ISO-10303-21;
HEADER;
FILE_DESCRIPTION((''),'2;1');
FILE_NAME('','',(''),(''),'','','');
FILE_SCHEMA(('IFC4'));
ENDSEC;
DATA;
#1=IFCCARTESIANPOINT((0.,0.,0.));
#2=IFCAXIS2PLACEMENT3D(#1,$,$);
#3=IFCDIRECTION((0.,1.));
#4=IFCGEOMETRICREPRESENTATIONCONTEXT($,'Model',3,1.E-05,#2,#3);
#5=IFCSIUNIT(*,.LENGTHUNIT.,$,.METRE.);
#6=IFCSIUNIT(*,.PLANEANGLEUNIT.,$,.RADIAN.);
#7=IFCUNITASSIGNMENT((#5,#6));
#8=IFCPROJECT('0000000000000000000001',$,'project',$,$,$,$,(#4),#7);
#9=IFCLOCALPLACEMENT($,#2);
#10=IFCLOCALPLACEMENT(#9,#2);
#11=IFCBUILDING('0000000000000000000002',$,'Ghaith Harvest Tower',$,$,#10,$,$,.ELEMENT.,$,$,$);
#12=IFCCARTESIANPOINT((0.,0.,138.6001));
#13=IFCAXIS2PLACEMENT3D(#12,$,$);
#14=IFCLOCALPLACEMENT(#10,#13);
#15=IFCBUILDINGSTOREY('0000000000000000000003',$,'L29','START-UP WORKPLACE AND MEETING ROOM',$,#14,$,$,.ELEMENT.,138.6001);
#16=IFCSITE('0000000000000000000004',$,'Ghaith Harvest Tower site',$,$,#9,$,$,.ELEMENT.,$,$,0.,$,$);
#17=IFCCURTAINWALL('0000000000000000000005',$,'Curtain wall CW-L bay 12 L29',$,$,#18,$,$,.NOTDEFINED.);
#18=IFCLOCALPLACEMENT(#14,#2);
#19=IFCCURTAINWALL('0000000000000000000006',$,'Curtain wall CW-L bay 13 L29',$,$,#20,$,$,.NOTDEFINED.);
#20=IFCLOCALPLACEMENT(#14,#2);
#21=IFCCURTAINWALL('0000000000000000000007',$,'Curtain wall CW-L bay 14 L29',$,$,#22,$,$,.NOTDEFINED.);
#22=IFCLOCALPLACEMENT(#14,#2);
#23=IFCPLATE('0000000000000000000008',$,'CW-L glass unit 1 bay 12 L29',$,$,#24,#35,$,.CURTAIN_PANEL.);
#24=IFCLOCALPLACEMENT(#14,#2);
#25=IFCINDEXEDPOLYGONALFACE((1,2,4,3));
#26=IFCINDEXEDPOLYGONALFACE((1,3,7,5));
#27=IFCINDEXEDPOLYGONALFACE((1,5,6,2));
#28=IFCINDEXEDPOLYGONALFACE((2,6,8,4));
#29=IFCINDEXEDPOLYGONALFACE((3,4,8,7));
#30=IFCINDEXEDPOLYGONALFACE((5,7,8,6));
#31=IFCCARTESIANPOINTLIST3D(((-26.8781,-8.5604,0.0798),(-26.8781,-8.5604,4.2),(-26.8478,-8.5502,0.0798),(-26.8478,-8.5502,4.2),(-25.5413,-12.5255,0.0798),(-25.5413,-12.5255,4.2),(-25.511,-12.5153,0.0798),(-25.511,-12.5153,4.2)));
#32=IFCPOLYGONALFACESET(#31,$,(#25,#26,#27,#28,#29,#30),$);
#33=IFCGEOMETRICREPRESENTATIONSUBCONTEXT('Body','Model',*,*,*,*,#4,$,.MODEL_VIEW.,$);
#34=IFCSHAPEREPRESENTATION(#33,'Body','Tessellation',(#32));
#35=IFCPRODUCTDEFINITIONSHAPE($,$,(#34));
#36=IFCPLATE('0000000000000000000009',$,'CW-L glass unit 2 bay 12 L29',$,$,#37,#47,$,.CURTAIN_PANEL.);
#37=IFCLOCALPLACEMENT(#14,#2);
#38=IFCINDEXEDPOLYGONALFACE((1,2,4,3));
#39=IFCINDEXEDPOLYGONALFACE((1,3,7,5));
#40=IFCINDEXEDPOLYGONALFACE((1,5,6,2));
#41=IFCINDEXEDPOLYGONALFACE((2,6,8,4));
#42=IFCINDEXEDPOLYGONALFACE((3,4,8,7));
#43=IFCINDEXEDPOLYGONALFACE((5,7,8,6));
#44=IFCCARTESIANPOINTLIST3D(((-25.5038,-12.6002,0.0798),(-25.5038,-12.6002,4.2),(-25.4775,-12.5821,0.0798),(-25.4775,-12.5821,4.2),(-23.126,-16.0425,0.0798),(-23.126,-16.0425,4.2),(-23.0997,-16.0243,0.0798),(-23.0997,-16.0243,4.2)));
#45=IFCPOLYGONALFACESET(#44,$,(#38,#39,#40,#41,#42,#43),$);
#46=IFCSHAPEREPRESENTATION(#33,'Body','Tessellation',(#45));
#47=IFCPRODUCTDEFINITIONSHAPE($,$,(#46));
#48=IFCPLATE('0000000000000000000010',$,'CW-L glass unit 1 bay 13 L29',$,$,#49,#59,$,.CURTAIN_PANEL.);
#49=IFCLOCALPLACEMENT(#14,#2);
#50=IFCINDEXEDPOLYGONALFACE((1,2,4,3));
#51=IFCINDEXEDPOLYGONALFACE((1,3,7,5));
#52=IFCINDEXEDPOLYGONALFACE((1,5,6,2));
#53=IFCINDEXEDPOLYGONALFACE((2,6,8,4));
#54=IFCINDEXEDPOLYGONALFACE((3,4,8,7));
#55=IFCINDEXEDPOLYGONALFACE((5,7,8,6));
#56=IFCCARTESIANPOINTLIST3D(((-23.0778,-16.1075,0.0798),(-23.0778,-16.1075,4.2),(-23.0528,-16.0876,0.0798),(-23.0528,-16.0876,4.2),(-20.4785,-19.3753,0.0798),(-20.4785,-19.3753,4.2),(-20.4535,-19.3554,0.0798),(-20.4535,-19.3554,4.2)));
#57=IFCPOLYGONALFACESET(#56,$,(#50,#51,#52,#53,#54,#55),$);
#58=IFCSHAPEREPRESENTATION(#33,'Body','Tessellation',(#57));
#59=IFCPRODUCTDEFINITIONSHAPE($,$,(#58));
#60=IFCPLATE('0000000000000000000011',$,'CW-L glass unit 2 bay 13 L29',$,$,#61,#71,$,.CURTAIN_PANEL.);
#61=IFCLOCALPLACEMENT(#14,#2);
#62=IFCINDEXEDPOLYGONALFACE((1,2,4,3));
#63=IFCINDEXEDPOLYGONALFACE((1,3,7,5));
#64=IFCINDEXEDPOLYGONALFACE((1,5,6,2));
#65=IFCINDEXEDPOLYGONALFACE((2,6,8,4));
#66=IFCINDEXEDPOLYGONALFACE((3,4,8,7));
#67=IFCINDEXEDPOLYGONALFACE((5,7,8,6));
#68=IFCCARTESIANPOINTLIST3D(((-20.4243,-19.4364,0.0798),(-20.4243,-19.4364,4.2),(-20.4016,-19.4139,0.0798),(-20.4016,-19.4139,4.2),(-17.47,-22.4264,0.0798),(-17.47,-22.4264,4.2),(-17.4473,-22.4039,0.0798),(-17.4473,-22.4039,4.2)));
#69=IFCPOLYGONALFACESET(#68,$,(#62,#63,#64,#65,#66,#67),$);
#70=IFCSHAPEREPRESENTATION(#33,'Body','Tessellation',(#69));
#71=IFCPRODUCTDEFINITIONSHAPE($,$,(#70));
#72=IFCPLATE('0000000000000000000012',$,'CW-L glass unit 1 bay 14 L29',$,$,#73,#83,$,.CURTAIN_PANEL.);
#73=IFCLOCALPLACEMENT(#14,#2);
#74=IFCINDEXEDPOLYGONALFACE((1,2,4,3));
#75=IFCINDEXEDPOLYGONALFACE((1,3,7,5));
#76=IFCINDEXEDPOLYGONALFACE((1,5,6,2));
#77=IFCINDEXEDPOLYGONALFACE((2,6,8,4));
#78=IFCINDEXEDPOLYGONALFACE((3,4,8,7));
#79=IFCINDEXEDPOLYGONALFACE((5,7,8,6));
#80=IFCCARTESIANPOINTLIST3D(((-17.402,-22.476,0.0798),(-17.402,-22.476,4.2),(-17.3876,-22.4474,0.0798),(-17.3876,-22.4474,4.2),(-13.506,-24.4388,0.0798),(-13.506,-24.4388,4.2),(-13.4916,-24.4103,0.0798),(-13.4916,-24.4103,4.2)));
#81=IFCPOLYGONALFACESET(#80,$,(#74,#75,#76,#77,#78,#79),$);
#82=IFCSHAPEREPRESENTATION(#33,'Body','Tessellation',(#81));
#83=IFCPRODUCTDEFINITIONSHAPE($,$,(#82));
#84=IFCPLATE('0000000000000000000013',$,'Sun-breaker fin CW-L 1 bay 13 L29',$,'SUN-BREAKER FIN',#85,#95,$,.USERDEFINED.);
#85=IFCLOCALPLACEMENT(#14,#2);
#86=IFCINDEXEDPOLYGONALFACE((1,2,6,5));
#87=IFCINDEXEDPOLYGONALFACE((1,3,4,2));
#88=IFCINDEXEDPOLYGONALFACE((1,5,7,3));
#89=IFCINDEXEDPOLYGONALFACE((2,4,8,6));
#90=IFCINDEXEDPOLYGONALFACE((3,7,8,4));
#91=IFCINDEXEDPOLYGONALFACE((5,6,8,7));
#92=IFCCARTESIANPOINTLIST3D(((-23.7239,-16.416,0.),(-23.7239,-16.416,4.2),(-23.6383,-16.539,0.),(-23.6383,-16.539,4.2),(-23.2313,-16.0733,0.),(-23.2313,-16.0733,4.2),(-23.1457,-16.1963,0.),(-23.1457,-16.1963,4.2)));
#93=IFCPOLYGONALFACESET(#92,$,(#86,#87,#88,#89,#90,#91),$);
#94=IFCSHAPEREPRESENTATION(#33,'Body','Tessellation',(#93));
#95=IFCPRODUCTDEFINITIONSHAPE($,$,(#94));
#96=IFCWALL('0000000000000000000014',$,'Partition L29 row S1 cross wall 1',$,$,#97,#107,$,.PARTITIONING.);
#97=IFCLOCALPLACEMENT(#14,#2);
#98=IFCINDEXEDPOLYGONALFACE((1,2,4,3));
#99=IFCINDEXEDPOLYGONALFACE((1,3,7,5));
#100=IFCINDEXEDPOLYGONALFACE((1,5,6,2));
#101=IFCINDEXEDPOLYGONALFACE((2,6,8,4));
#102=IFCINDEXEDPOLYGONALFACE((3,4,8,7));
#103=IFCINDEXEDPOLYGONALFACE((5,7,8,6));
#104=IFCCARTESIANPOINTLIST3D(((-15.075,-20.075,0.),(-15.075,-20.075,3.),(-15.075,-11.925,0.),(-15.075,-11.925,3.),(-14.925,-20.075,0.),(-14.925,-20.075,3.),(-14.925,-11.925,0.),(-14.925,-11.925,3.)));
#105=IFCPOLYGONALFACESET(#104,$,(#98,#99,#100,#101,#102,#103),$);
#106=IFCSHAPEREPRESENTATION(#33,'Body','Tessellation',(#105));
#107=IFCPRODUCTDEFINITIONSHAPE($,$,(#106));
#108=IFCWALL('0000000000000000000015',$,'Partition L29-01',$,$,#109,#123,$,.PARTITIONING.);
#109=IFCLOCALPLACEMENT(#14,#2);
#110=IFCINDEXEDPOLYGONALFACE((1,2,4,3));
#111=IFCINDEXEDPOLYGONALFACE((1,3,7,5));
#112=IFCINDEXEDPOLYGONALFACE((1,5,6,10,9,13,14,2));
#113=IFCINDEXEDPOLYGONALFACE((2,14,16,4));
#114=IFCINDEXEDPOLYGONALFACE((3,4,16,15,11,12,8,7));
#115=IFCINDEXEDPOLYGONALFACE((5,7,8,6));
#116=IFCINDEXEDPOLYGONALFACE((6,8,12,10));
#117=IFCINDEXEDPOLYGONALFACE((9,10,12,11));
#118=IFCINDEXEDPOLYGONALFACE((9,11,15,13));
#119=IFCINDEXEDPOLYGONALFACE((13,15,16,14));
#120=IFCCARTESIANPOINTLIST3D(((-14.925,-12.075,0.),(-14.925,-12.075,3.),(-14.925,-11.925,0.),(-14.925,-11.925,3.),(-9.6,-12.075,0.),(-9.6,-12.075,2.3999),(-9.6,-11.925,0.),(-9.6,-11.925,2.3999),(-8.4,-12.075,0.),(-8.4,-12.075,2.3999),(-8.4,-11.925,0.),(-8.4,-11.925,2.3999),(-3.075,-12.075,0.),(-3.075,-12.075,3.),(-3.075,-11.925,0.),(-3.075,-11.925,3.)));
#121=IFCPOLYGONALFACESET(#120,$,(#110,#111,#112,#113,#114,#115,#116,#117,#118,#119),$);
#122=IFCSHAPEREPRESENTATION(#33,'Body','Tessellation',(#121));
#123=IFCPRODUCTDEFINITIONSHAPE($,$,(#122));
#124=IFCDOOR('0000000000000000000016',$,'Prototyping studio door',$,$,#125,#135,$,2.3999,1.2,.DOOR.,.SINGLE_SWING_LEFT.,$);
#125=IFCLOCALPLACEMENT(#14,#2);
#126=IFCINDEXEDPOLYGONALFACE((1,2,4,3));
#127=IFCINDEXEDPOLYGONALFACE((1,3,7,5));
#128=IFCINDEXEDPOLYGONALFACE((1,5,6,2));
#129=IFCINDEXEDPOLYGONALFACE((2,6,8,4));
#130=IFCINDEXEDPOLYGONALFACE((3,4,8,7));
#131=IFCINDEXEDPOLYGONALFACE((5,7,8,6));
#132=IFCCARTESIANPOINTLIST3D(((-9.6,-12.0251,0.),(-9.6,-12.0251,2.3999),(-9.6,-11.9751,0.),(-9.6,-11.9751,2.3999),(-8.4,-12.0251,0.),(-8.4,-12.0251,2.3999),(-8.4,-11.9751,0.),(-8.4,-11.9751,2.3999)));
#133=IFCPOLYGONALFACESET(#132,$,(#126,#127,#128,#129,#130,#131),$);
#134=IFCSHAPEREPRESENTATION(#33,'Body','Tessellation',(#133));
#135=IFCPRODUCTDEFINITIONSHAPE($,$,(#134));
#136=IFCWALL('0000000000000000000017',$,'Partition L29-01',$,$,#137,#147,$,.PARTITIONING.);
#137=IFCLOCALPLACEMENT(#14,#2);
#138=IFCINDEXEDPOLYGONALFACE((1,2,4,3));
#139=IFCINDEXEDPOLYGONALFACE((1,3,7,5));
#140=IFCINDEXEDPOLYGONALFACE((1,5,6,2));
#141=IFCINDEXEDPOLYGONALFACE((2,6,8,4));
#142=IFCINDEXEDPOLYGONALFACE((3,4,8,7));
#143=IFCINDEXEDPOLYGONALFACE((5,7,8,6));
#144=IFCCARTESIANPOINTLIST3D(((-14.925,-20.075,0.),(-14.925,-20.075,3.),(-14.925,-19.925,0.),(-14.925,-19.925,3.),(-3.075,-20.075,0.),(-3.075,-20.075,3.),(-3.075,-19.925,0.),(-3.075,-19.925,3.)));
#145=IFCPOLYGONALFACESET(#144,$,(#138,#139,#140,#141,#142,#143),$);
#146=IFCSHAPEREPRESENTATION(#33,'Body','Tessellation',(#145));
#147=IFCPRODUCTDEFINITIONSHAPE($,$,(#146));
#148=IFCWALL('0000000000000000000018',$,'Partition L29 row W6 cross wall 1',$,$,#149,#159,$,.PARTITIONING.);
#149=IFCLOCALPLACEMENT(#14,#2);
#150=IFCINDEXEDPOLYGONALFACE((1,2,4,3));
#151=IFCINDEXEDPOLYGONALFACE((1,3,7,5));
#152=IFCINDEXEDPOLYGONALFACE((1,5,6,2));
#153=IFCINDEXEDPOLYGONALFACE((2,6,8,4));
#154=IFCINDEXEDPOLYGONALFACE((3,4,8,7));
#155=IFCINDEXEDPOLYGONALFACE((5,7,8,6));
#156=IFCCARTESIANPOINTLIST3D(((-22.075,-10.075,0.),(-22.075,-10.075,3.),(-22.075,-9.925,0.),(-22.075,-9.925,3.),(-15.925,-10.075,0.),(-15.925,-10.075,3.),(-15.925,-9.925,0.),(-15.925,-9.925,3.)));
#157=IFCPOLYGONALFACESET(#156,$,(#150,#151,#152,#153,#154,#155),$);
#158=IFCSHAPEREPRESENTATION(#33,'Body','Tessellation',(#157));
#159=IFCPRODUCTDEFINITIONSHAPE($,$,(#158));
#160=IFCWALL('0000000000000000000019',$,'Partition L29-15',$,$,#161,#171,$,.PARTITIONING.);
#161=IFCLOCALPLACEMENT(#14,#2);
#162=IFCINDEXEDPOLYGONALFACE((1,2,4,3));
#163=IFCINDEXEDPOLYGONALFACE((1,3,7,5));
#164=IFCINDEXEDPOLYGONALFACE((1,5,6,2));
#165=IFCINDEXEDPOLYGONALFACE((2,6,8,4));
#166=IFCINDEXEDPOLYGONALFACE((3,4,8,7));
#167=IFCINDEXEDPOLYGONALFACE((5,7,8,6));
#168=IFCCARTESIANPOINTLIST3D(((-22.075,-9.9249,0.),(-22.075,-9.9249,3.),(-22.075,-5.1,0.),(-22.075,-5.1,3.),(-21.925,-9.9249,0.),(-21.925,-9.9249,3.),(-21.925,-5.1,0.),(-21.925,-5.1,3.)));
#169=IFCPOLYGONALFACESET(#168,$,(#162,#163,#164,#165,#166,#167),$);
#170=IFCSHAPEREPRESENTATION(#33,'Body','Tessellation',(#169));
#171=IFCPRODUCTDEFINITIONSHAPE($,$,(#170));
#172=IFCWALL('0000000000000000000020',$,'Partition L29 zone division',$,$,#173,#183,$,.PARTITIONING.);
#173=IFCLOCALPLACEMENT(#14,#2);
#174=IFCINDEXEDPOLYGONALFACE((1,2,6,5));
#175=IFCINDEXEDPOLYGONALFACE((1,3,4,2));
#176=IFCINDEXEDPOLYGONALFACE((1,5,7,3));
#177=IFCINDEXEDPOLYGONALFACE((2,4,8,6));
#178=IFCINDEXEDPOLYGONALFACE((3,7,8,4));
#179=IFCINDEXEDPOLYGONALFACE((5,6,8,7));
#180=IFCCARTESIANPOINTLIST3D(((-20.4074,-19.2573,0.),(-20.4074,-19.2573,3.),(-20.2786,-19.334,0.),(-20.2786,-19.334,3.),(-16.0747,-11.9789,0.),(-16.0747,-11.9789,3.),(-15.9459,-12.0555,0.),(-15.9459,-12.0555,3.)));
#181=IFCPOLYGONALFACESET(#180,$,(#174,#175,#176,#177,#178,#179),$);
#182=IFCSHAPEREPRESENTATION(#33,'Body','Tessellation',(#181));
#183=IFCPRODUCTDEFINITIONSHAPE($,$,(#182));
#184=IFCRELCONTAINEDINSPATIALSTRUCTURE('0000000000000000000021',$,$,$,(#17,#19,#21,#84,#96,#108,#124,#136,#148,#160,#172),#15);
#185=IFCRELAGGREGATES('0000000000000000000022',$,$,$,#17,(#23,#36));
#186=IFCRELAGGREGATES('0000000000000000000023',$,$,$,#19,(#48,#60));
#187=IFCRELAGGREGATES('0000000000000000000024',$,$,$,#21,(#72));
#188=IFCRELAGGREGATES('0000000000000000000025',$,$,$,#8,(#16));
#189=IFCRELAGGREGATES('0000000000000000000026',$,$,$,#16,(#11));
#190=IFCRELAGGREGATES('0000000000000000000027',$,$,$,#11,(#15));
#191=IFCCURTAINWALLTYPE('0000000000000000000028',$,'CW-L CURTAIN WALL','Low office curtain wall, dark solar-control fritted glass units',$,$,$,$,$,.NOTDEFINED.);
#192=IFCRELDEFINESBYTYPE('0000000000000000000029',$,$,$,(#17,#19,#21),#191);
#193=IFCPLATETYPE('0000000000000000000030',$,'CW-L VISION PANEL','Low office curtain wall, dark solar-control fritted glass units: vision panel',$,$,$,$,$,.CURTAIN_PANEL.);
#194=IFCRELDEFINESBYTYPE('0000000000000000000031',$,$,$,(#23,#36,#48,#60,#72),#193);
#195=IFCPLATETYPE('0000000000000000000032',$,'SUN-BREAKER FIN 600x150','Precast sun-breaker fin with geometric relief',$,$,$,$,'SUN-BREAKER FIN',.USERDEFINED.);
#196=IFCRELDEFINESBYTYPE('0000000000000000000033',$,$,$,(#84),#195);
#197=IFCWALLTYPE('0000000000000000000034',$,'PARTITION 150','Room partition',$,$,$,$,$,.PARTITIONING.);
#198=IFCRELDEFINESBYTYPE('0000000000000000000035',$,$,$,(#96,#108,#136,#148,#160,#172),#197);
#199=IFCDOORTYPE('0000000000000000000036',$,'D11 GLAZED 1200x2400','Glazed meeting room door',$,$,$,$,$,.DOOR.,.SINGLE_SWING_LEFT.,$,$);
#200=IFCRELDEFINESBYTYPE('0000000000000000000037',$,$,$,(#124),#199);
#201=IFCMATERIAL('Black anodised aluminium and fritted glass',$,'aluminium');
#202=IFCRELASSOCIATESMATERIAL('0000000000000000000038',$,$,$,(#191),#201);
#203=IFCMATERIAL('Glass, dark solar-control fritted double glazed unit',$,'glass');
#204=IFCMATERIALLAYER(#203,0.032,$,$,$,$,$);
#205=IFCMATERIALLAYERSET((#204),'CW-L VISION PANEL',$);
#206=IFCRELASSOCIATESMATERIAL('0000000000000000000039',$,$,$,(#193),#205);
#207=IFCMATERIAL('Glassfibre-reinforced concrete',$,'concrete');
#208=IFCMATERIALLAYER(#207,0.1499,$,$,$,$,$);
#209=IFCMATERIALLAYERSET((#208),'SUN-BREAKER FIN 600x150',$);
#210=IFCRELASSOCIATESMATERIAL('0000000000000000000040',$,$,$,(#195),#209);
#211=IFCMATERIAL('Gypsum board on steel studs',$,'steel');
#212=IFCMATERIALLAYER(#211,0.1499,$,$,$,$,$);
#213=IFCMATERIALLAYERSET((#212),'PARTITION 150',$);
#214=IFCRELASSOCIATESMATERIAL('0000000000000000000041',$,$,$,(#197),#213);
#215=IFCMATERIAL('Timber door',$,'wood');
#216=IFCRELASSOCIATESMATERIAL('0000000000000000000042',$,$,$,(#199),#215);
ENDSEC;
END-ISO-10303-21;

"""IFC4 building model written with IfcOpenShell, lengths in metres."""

from ifc_helpers import new_model, si_unit, direction, frame, frame_2d, origin, origin_2d, place, context, subcontext, project, spatial, rectangle, extrude, material, layer, layer_set, type_object, element, fill, aggregate, save


model = new_model("IFC4")

# Units and contexts
model_context = context("Model", 3, precision=1e-05, world=origin(), true_north=direction((0.0, 1.0)))
body_context = subcontext(model_context, "Body", "Model", "MODEL_VIEW")
ifc_project = project(units=[si_unit("LENGTHUNIT", "METRE"), si_unit("PLANEANGLEUNIT", "RADIAN")], contexts=[model_context])

# Site, building, storey
site_placement = place(None, origin())
site = spatial("IfcSite", under=ifc_project, at=site_placement, Name="Ghaith Harvest Tower site", CompositionType="ELEMENT", RefElevation=0.0)
building_placement = place(site_placement, origin())
building = spatial("IfcBuilding", under=site, at=building_placement, Name="Ghaith Harvest Tower", CompositionType="ELEMENT")
storey_placement = place(building_placement, frame((0.0, 0.0, 138.6001)))
storey = spatial("IfcBuildingStorey", under=building, at=storey_placement, Name="L29", Description="START-UP WORKPLACE AND MEETING ROOM", CompositionType="ELEMENT", Elevation=138.6001)

# Curtain wall
ifc_material_1 = material(Name="Black anodised aluminium and fritted glass", Category="aluminium")
curtain_wall_type = type_object("IfcCurtainWallType", Name="CW-L CURTAIN WALL", Description="Low office curtain wall, dark solar-control fritted glass units", PredefinedType="NOTDEFINED", material=ifc_material_1)
curtain_wall_1_placement = place(storey_placement, origin())
curtain_wall_1 = element("IfcCurtainWall", 1, at=curtain_wall_1_placement, inside=storey, type_object=curtain_wall_type, Name="Curtain wall CW-L bay 12 L29", PredefinedType="NOTDEFINED")

# Curtain wall
curtain_wall_2_placement = place(storey_placement, origin())
curtain_wall_2 = element("IfcCurtainWall", 2, at=curtain_wall_2_placement, inside=storey, type_object=curtain_wall_type, Name="Curtain wall CW-L bay 13 L29", PredefinedType="NOTDEFINED")

# Curtain wall
curtain_wall_3_placement = place(storey_placement, origin())
curtain_wall_3 = element("IfcCurtainWall", 3, at=curtain_wall_3_placement, inside=storey, type_object=curtain_wall_type, Name="Curtain wall CW-L bay 14 L29", PredefinedType="NOTDEFINED")

# Plates
ifc_material_2 = material(Name="Glass, dark solar-control fritted double glazed unit", Category="glass")
ifc_layer_1 = layer(ifc_material_2, 0.032)
ifc_layer_set_1 = layer_set([ifc_layer_1], Name="CW-L VISION PANEL")
plate_type_1 = type_object("IfcPlateType", Name="CW-L VISION PANEL", Description="Low office curtain wall, dark solar-control fritted glass units: vision panel", PredefinedType="CURTAIN_PANEL", material=ifc_layer_set_1)
plate_1_placement = place(storey_placement, frame((-26.1946, -10.5378, 0.0798), z_axis=(0.0, 0.0, 1.0), x_axis=(0.319477, -0.947594, 0.0)))
plate_1 = element("IfcPlate", 4, at=plate_1_placement, type_object=plate_type_1, Name="CW-L glass unit 1 bay 12 L29", PredefinedType="CURTAIN_PANEL", context=body_context, shape_type="SweptSolid", body=[
    extrude(rectangle(XDim=4.1843, YDim=0.032, at=origin_2d()), origin(), (0.0, 0.0, 1.0), 4.1201),
])
plate_2_placement = place(storey_placement, frame((-24.3018, -14.3123, 0.0798), z_axis=(0.0, 0.0, 1.0), x_axis=(0.568348, -0.822788, 0.0)))
plate_2 = element("IfcPlate", 5, at=plate_2_placement, type_object=plate_type_1, Name="CW-L glass unit 2 bay 12 L29", PredefinedType="CURTAIN_PANEL", context=body_context, shape_type="SweptSolid", body=[
    extrude(rectangle(XDim=4.1836, YDim=0.032, at=origin_2d()), origin(), (0.0, 0.0, 1.0), 4.1201),
])
aggregate(curtain_wall_1, [plate_1, plate_2])
plate_3_placement = place(storey_placement, frame((-21.7656, -17.7314, 0.0798), z_axis=(0.0, 0.0, 1.0), x_axis=(0.622507, -0.782614, 0.0)))
plate_3 = element("IfcPlate", 6, at=plate_3_placement, type_object=plate_type_1, Name="CW-L glass unit 1 bay 13 L29", PredefinedType="CURTAIN_PANEL", context=body_context, shape_type="SweptSolid", body=[
    extrude(rectangle(XDim=4.1755, YDim=0.032, at=origin_2d()), origin(), (0.0, 0.0, 1.0), 4.1201),
])
plate_4_placement = place(storey_placement, frame((-18.9358, -20.9202, 0.0798), z_axis=(0.0, 0.0, 1.0), x_axis=(0.702843, -0.711345, 0.0)))
plate_4 = element("IfcPlate", 7, at=plate_4_placement, type_object=plate_type_1, Name="CW-L glass unit 2 bay 13 L29", PredefinedType="CURTAIN_PANEL", context=body_context, shape_type="SweptSolid", body=[
    extrude(rectangle(XDim=4.2034, YDim=0.032, at=origin_2d()), origin(), (0.0, 0.0, 1.0), 4.1201),
])
aggregate(curtain_wall_2, [plate_3, plate_4])
plate_5_placement = place(storey_placement, frame((-15.4468, -23.4431, 0.0798), z_axis=(0.0, 0.0, 1.0), x_axis=(0.893062, -0.449933, 0.0)))
plate_5 = element("IfcPlate", 8, at=plate_5_placement, type_object=plate_type_1, Name="CW-L glass unit 1 bay 14 L29", PredefinedType="CURTAIN_PANEL", context=body_context, shape_type="SweptSolid", body=[
    extrude(rectangle(XDim=4.3625, YDim=0.032, at=origin_2d()), origin(), (0.0, 0.0, 1.0), 4.1201),
])
aggregate(curtain_wall_3, [plate_5])
ifc_material_3 = material(Name="Glassfibre-reinforced concrete", Category="concrete")
ifc_layer_2 = layer(ifc_material_3, 0.1499)
ifc_layer_set_2 = layer_set([ifc_layer_2], Name="SUN-BREAKER FIN 600x150")
plate_type_2 = type_object("IfcPlateType", Name="SUN-BREAKER FIN 600x150", Description="Precast sun-breaker fin with geometric relief", ElementType="SUN-BREAKER FIN", PredefinedType="USERDEFINED", material=ifc_layer_set_2)
plate_6_placement = place(storey_placement, frame((-23.4348, -16.3062, 0.0), z_axis=(0.0, 0.0, 1.0), x_axis=(-0.820845, -0.57115, 0.0)))
element("IfcPlate", 9, at=plate_6_placement, inside=storey, type_object=plate_type_2, Name="Sun-breaker fin CW-L 1 bay 13 L29", ObjectType="SUN-BREAKER FIN", PredefinedType="USERDEFINED", context=body_context, shape_type="SweptSolid", body=[
    extrude(rectangle(XDim=0.6001, YDim=0.1499, at=origin_2d()), origin(), (0.0, 0.0, 1.0), 4.2),
])

# Wall
ifc_material_4 = material(Name="Gypsum board on steel studs", Category="steel")
ifc_layer_3 = layer(ifc_material_4, 0.1499)
ifc_layer_set_3 = layer_set([ifc_layer_3], Name="PARTITION 150")
wall_type = type_object("IfcWallType", Name="PARTITION 150", Description="Room partition", PredefinedType="PARTITIONING", material=ifc_layer_set_3)
wall_1_placement = place(storey_placement, frame((-15.0, -11.925, 0.0), z_axis=(0.0, 0.0, 1.0), x_axis=(0.0, -1.0, 0.0)))
element("IfcWall", 10, at=wall_1_placement, inside=storey, type_object=wall_type, Name="Partition L29 row S1 cross wall 1", PredefinedType="PARTITIONING", context=body_context, shape_type="SweptSolid", body=[
    extrude(rectangle(XDim=8.1499, YDim=0.1499, at=frame_2d((4.075, 0.0))), origin(), (0.0, 0.0, 1.0), 3.0),
])

# Wall, opening, door
wall_2_placement = place(storey_placement, frame((-14.925, -12.0, 0.0), z_axis=(0.0, 0.0, 1.0), x_axis=(1.0, 0.0, 0.0)))
wall_2 = element("IfcWall", 11, at=wall_2_placement, inside=storey, type_object=wall_type, Name="Partition L29-01", PredefinedType="PARTITIONING", context=body_context, shape_type="SweptSolid", body=[
    extrude(rectangle(XDim=11.8501, YDim=0.1499, at=frame_2d((5.925, 0.0))), origin(), (0.0, 0.0, 1.0), 3.0),
])
opening_placement = place(wall_2_placement, frame((5.325, 0.0, 0.0)))
opening = element("IfcOpeningElement", 12, at=opening_placement, cuts=wall_2, PredefinedType="OPENING", context=body_context, shape_type="SweptSolid", body=[
    extrude(rectangle(XDim=1.2, YDim=2.3999, at=frame_2d((0.6001, 1.2))), frame((0.0, 0.085, 0.0), z_axis=(0.0, -1.0, 0.0), x_axis=(1.0, 0.0, 0.0)), (0.0, 0.0, 1.0), 0.1699),
])
ifc_material_5 = material(Name="Timber door", Category="wood")
door_type = type_object("IfcDoorType", Name="D11 GLAZED 1200x2400", Description="Glazed meeting room door", OperationType="SINGLE_SWING_LEFT", PredefinedType="DOOR", material=ifc_material_5)
door_placement = place(opening_placement, origin())
door = element("IfcDoor", 13, at=door_placement, inside=storey, type_object=door_type, Name="Prototyping studio door", OperationType="SINGLE_SWING_LEFT", OverallHeight=2.3999, OverallWidth=1.2, PredefinedType="DOOR", context=body_context, shape_type="SweptSolid", body=[
    extrude(rectangle(XDim=1.2, YDim=2.3999, at=frame_2d((0.6001, 1.2))), frame((0.0, 0.0249, 0.0), z_axis=(0.0, -1.0, 0.0), x_axis=(1.0, 0.0, 0.0)), (0.0, 0.0, 1.0), 0.05),
])
fill(opening, door)

# Walls
wall_3_placement = place(storey_placement, frame((-14.925, -20.0, 0.0), z_axis=(0.0, 0.0, 1.0), x_axis=(1.0, 0.0, 0.0)))
element("IfcWall", 14, at=wall_3_placement, inside=storey, type_object=wall_type, Name="Partition L29-01", PredefinedType="PARTITIONING", context=body_context, shape_type="SweptSolid", body=[
    extrude(rectangle(XDim=11.8501, YDim=0.1499, at=frame_2d((5.925, 0.0))), origin(), (0.0, 0.0, 1.0), 3.0),
])
wall_4_placement = place(storey_placement, frame((-15.925, -10.0, 0.0), z_axis=(0.0, 0.0, 1.0), x_axis=(-1.0, 0.0, 0.0)))
element("IfcWall", 15, at=wall_4_placement, inside=storey, type_object=wall_type, Name="Partition L29 row W6 cross wall 1", PredefinedType="PARTITIONING", context=body_context, shape_type="SweptSolid", body=[
    extrude(rectangle(XDim=6.1499, YDim=0.1499, at=frame_2d((3.075, 0.0))), origin(), (0.0, 0.0, 1.0), 3.0),
])
wall_5_placement = place(storey_placement, frame((-22.0, -9.925, 0.0), z_axis=(0.0, 0.0, 1.0), x_axis=(0.0, 1.0, 0.0)))
element("IfcWall", 16, at=wall_5_placement, inside=storey, type_object=wall_type, Name="Partition L29-15", PredefinedType="PARTITIONING", context=body_context, shape_type="SweptSolid", body=[
    extrude(rectangle(XDim=4.825, YDim=0.1499, at=frame_2d((2.4126, 0.0))), origin(), (0.0, 0.0, 1.0), 3.0),
])
wall_6_placement = place(storey_placement, frame((-16.0103, -12.0171, 0.0), z_axis=(0.0, 0.0, 1.0), x_axis=(-0.511509, -0.859278, 0.0)))
element("IfcWall", 17, at=wall_6_placement, inside=storey, type_object=wall_type, Name="Partition L29 zone division", PredefinedType="PARTITIONING", context=body_context, shape_type="SweptSolid", body=[
    extrude(rectangle(XDim=8.4705, YDim=0.1499, at=frame_2d((4.2354, 0.0))), origin(), (0.0, 0.0, 1.0), 3.0),
])

save(model, "model.ifc")
